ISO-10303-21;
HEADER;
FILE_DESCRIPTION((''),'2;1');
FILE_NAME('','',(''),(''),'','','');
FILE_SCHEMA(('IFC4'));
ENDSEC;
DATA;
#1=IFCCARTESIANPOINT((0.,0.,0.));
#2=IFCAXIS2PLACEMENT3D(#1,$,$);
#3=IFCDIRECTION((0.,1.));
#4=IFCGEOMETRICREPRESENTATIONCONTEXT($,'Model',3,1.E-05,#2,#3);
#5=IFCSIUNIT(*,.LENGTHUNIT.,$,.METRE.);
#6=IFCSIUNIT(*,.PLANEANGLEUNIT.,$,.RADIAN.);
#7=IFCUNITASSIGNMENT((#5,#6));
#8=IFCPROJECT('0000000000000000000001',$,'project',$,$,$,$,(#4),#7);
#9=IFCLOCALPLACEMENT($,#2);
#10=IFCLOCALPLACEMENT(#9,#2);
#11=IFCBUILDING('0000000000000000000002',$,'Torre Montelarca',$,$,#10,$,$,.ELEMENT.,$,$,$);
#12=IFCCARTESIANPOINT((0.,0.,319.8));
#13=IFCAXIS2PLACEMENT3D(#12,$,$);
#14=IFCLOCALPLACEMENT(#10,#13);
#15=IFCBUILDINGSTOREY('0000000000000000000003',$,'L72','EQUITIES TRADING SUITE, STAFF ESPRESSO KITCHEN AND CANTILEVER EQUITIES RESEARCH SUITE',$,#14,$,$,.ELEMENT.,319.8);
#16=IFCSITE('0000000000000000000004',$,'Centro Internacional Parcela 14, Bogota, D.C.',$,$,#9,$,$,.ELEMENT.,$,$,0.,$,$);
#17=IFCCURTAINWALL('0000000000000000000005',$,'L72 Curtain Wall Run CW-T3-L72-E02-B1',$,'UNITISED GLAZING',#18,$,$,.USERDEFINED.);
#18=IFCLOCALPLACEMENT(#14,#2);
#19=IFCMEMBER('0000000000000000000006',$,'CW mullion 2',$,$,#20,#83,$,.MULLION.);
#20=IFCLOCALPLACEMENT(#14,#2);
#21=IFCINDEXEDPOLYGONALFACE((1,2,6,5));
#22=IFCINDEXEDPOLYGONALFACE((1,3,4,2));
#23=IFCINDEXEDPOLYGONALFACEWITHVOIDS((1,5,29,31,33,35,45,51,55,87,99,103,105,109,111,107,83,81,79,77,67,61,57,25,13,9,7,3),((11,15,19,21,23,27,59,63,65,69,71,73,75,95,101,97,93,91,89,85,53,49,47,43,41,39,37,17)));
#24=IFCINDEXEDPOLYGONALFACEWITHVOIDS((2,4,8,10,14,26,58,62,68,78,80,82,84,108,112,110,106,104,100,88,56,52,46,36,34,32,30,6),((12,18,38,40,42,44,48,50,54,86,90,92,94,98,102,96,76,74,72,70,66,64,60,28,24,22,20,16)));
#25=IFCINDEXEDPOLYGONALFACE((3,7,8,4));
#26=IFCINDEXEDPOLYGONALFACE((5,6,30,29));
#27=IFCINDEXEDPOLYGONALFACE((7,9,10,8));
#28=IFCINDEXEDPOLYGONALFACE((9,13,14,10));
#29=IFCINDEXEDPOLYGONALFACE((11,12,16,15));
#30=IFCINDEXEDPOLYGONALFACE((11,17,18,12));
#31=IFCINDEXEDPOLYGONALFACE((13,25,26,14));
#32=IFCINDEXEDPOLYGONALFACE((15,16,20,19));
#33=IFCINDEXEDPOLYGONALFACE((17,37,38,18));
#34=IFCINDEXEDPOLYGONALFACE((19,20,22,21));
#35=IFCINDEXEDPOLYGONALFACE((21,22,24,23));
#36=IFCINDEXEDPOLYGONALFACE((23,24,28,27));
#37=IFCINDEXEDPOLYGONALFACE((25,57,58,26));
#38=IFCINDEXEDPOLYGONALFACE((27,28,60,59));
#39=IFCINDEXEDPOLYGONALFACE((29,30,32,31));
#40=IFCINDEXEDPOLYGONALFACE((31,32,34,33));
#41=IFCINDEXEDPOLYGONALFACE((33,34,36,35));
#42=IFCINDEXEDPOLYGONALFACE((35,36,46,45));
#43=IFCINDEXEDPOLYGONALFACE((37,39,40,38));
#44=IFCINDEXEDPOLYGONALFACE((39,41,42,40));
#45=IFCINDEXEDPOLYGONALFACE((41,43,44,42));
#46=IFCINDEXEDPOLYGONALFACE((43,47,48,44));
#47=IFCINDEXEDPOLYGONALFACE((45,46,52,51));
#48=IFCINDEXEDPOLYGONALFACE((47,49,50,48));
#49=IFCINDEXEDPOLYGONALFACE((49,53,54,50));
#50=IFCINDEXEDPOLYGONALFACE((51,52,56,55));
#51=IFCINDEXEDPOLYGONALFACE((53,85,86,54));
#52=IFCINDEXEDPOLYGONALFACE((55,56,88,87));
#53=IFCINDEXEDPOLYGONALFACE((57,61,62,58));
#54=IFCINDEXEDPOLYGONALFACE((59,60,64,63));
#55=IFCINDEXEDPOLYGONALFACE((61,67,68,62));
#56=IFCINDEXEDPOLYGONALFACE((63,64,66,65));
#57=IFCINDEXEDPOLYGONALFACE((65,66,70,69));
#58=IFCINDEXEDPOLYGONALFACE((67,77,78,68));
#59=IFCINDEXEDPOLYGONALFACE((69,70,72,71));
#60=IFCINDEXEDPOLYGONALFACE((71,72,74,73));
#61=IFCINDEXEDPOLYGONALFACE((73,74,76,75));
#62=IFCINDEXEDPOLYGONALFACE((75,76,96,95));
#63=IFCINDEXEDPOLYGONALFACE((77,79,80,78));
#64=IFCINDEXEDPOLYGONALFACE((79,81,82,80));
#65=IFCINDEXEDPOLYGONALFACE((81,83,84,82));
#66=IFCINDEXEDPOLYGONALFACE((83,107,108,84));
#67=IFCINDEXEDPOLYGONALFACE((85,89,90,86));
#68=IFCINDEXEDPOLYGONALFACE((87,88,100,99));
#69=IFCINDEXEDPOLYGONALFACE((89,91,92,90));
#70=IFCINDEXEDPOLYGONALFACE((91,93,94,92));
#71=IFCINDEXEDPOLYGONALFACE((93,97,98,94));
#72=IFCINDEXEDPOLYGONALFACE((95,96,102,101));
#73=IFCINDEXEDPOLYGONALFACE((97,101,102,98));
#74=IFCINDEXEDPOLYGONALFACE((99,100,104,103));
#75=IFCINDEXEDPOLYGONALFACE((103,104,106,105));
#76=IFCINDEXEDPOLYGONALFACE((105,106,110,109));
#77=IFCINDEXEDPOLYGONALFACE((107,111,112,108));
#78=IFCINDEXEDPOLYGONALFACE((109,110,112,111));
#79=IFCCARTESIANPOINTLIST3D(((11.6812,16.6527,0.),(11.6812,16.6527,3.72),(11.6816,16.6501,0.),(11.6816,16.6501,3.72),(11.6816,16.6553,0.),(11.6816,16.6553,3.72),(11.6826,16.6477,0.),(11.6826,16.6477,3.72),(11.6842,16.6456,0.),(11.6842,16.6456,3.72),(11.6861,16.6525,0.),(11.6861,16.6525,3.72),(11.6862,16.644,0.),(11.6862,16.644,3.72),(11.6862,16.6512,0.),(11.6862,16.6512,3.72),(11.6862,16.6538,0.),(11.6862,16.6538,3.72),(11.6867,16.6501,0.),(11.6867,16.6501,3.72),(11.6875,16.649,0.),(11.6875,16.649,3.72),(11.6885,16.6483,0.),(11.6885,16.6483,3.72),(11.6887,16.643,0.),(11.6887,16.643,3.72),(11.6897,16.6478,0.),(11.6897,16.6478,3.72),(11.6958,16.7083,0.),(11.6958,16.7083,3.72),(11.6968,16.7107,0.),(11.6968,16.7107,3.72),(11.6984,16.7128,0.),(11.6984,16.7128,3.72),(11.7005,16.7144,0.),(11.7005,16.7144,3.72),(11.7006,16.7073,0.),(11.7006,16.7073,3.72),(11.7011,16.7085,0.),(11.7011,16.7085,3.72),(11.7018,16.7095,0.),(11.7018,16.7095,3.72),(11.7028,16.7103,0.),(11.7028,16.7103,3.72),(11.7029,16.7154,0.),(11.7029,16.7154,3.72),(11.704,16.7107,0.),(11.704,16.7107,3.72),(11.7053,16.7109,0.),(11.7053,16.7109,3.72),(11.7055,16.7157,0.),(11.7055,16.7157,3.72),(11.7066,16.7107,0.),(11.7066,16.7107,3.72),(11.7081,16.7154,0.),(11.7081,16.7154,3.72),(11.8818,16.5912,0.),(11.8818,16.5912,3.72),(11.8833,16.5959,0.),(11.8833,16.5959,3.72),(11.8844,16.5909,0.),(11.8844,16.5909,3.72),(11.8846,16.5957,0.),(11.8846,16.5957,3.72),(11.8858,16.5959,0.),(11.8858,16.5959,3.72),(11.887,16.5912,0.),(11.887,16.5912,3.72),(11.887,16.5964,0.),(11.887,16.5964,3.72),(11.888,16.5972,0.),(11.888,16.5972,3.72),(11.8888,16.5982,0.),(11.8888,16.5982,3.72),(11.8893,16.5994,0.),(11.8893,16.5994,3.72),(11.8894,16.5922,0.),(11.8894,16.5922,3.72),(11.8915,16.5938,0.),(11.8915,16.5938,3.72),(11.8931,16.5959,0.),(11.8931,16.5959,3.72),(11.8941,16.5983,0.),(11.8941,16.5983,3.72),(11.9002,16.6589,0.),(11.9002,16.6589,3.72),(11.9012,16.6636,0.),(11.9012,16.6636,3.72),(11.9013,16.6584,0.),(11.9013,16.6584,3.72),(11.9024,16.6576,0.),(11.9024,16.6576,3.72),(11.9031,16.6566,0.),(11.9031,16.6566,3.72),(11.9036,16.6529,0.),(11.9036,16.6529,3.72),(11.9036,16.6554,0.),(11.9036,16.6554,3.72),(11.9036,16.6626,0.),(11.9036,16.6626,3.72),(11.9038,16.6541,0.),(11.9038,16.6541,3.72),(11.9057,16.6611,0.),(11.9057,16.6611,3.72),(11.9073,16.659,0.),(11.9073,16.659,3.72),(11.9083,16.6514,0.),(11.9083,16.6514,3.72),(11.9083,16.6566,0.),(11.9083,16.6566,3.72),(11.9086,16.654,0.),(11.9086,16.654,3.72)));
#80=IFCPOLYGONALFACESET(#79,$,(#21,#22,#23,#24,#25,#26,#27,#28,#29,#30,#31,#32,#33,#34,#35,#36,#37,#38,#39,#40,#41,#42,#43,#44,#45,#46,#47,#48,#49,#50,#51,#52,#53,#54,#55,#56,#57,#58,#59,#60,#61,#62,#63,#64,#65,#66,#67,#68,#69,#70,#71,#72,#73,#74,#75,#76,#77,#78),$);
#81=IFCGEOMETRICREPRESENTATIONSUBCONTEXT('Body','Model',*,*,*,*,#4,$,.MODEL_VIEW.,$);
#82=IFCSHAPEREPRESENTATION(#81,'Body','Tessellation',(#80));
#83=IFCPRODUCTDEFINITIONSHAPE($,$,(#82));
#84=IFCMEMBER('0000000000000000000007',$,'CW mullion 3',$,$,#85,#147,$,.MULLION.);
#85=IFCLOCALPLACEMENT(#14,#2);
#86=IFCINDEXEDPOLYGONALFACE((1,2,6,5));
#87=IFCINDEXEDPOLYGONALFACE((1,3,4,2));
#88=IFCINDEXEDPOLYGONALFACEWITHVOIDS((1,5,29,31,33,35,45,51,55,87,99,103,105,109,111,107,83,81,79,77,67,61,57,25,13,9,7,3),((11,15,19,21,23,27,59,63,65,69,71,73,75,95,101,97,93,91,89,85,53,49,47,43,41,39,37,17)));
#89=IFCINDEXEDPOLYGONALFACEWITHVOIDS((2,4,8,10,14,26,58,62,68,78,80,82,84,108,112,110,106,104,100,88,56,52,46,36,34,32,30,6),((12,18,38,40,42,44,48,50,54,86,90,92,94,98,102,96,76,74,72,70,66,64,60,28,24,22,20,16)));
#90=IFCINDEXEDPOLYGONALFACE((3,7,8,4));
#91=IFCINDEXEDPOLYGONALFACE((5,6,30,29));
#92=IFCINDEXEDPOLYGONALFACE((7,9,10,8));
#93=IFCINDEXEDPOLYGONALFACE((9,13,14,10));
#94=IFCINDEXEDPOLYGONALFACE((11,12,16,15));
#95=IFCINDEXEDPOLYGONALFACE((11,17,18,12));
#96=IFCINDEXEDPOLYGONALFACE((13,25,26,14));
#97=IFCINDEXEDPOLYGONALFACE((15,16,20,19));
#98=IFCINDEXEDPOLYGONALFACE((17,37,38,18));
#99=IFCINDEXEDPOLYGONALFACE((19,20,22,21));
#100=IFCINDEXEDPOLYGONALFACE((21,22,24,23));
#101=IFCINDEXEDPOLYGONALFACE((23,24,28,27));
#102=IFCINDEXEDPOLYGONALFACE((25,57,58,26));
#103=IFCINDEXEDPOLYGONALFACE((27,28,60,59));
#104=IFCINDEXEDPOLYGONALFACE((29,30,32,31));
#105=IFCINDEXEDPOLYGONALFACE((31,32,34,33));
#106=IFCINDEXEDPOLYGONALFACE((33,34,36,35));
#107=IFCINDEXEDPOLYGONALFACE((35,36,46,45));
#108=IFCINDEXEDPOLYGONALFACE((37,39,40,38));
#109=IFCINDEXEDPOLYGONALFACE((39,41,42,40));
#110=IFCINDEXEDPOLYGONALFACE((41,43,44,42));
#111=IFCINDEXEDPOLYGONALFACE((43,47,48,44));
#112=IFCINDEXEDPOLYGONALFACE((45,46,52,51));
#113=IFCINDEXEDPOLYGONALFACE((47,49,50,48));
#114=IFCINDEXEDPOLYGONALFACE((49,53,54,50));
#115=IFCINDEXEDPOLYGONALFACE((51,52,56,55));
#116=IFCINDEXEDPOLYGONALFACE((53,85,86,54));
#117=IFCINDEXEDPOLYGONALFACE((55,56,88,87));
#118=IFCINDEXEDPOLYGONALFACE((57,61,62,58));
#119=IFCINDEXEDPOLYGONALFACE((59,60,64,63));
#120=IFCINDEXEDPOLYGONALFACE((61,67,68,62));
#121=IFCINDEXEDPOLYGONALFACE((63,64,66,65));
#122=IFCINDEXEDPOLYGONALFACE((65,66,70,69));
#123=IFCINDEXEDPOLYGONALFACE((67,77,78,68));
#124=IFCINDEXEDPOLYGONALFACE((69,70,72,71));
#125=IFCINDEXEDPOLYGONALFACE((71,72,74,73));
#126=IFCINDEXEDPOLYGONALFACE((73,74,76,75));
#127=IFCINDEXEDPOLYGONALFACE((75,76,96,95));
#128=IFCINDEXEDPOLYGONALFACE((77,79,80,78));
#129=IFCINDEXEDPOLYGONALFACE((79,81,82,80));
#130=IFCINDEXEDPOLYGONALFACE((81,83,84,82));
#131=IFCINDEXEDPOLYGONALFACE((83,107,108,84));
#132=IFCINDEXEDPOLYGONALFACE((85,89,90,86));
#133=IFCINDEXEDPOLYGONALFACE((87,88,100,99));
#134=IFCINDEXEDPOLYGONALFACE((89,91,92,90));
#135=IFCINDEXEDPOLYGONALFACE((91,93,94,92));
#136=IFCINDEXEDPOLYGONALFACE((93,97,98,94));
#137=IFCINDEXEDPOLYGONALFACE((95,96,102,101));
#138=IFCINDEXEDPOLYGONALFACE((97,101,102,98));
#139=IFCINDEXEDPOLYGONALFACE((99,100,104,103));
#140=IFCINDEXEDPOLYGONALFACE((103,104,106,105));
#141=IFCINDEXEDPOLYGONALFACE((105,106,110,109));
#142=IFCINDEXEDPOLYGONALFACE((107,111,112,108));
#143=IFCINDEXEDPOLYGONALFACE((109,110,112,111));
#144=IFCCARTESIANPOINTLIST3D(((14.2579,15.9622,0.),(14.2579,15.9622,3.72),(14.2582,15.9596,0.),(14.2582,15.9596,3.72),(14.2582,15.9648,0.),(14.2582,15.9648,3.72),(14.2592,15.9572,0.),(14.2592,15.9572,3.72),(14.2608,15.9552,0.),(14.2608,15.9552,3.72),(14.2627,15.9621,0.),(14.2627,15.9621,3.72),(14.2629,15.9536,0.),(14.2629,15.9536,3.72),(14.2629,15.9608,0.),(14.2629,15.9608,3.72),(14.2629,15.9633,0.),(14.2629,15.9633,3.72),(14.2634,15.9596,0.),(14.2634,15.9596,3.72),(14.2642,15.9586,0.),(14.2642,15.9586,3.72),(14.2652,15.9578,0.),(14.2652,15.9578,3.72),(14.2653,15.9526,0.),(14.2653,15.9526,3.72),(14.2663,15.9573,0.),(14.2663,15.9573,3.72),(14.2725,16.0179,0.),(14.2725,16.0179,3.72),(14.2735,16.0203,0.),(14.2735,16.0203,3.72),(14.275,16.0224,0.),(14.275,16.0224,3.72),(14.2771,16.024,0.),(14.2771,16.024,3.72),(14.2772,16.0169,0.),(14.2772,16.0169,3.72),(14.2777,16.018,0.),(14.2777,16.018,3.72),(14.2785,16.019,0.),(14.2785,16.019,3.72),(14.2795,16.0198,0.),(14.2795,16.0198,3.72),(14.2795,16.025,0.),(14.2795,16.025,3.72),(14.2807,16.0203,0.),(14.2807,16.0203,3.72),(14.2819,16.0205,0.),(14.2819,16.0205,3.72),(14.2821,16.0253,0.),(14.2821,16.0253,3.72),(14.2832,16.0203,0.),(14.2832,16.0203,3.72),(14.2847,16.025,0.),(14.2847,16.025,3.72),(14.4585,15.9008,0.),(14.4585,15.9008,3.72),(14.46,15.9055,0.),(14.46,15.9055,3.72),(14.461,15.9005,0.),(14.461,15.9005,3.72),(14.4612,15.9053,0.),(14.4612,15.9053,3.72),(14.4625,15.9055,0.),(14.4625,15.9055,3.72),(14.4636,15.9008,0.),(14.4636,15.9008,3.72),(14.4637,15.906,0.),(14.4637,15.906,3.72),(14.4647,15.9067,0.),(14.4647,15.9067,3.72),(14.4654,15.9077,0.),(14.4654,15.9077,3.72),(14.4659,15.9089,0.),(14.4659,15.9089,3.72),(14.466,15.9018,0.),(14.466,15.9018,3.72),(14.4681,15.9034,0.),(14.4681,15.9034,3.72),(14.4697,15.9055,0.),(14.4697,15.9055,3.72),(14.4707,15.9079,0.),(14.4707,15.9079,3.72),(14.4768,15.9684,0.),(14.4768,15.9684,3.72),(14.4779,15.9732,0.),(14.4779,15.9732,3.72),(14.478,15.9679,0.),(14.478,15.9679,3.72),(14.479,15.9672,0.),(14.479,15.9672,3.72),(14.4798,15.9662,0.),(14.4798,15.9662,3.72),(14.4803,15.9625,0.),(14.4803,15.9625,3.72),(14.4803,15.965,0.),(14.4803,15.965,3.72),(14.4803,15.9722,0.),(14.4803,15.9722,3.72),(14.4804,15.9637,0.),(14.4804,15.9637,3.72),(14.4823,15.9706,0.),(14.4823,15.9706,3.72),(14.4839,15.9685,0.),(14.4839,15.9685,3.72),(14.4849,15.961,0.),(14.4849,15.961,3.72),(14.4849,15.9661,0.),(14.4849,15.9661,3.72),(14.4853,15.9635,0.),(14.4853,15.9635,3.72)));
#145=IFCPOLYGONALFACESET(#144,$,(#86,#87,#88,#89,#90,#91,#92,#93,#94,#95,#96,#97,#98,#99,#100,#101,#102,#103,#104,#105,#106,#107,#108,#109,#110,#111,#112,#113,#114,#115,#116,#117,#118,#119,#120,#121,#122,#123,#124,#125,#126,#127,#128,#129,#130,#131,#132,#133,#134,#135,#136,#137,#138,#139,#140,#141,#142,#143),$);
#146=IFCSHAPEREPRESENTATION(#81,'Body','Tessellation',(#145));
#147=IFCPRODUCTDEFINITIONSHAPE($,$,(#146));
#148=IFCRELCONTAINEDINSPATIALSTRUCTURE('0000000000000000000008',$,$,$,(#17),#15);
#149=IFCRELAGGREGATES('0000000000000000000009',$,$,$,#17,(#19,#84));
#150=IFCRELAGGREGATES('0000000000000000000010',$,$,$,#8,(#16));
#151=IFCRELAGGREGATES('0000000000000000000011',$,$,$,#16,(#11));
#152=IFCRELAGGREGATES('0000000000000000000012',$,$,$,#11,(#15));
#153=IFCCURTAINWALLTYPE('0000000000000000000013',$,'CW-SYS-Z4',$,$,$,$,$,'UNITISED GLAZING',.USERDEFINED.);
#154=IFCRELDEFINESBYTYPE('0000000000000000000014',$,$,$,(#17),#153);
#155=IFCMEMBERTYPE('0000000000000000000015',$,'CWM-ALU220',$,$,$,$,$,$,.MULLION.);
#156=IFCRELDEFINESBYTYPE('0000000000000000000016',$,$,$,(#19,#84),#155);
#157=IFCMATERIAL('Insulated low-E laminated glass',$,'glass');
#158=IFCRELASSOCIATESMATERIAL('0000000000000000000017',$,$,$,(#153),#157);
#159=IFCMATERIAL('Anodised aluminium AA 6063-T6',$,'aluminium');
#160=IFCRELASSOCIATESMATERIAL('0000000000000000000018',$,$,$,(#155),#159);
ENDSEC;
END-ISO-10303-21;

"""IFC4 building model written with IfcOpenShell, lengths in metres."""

from ifc_helpers import new_model, si_unit, direction, frame, origin, origin_2d, place, context, subcontext, project, spatial, hollow_rectangle, extrude, source, transform, mapped, material, material_profile, profile_set, type_object, element, aggregate, save


model = new_model("IFC4")

# Units and contexts
model_context = context("Model", 3, precision=1e-05, world=origin(), true_north=direction((0.0, 1.0)))
body_context = subcontext(model_context, "Body", "Model", "MODEL_VIEW")
ifc_project = project(units=[si_unit("LENGTHUNIT", "METRE"), si_unit("PLANEANGLEUNIT", "RADIAN")], contexts=[model_context])

# Site, building, storey
site_placement = place(None, origin())
site = spatial("IfcSite", under=ifc_project, at=site_placement, Name="Centro Internacional Parcela 14, Bogota, D.C.", CompositionType="ELEMENT", RefElevation=0.0)
building_placement = place(site_placement, origin())
building = spatial("IfcBuilding", under=site, at=building_placement, Name="Torre Montelarca", CompositionType="ELEMENT")
storey_placement = place(building_placement, frame((0.0, 0.0, 319.8)))
storey = spatial("IfcBuildingStorey", under=building, at=storey_placement, Name="L72", Description="EQUITIES TRADING SUITE, STAFF ESPRESSO KITCHEN AND CANTILEVER EQUITIES RESEARCH SUITE", CompositionType="ELEMENT", Elevation=319.8)

# Shared definitions
ifc_material_1 = material(Name="Insulated low-E laminated glass", Category="glass")
curtain_wall_type = type_object("IfcCurtainWallType", Name="CW-SYS-Z4", ElementType="UNITISED GLAZING", PredefinedType="USERDEFINED", material=ifc_material_1)
ifc_material_2 = material(Name="Anodised aluminium AA 6063-T6", Category="aluminium")
ifc_material_profile_1 = material_profile(ifc_material_2, hollow_rectangle(XDim=0.075, YDim=0.22, WallThickness=0.0049, InnerFilletRadius=0.0049, OuterFilletRadius=0.01, at=origin_2d()), Name="ALU75X220X5", Category="aluminium")
ifc_profile_set_1 = profile_set([ifc_material_profile_1], Name="Anodised aluminium AA 6063-T6")
member_type_1 = type_object("IfcMemberType", Name="CWM-ALU220", PredefinedType="MULLION", material=ifc_profile_set_1)
shared_shape_1 = source(origin(), body_context, "Body", "SweptSolid", [
    extrude(hollow_rectangle(XDim=0.075, YDim=0.22, WallThickness=0.0049, InnerFilletRadius=0.0049, OuterFilletRadius=0.01, at=origin_2d()), origin(), (0.0, 0.0, 1.0), 3.72),
])

# Curtain wall, members
curtain_wall_1_placement = place(storey_placement, origin())
curtain_wall_1 = element("IfcCurtainWall", 1, at=curtain_wall_1_placement, inside=storey, type_object=curtain_wall_type, Name="L72 Curtain Wall Run CW-T3-L72-E02-B1", ObjectType="UNITISED GLAZING", PredefinedType="USERDEFINED")
member_1_placement = place(storey_placement, frame((11.7949, 16.6533, 0.0), z_axis=(0.0, 0.0, 1.0), x_axis=(0.25882, 0.965926, 0.0)))
member_1 = element("IfcMember", 2, at=member_1_placement, type_object=member_type_1, Name="CW mullion 2", PredefinedType="MULLION", context=body_context, shape_type="MappedRepresentation", body=[
    mapped(shared_shape_1, transform((0.0, 0.0, 0.0), scale=1.0)),
])
member_2_placement = place(storey_placement, frame((14.3716, 15.9629, 0.0), z_axis=(0.0, 0.0, 1.0), x_axis=(0.25882, 0.965926, 0.0)))
member_2 = element("IfcMember", 3, at=member_2_placement, type_object=member_type_1, Name="CW mullion 3", PredefinedType="MULLION", context=body_context, shape_type="MappedRepresentation", body=[
    mapped(shared_shape_1, transform((0.0, 0.0, 0.0), scale=1.0)),
])

aggregate(curtain_wall_1, [member_1, member_2])

save(model, "model.ifc")
